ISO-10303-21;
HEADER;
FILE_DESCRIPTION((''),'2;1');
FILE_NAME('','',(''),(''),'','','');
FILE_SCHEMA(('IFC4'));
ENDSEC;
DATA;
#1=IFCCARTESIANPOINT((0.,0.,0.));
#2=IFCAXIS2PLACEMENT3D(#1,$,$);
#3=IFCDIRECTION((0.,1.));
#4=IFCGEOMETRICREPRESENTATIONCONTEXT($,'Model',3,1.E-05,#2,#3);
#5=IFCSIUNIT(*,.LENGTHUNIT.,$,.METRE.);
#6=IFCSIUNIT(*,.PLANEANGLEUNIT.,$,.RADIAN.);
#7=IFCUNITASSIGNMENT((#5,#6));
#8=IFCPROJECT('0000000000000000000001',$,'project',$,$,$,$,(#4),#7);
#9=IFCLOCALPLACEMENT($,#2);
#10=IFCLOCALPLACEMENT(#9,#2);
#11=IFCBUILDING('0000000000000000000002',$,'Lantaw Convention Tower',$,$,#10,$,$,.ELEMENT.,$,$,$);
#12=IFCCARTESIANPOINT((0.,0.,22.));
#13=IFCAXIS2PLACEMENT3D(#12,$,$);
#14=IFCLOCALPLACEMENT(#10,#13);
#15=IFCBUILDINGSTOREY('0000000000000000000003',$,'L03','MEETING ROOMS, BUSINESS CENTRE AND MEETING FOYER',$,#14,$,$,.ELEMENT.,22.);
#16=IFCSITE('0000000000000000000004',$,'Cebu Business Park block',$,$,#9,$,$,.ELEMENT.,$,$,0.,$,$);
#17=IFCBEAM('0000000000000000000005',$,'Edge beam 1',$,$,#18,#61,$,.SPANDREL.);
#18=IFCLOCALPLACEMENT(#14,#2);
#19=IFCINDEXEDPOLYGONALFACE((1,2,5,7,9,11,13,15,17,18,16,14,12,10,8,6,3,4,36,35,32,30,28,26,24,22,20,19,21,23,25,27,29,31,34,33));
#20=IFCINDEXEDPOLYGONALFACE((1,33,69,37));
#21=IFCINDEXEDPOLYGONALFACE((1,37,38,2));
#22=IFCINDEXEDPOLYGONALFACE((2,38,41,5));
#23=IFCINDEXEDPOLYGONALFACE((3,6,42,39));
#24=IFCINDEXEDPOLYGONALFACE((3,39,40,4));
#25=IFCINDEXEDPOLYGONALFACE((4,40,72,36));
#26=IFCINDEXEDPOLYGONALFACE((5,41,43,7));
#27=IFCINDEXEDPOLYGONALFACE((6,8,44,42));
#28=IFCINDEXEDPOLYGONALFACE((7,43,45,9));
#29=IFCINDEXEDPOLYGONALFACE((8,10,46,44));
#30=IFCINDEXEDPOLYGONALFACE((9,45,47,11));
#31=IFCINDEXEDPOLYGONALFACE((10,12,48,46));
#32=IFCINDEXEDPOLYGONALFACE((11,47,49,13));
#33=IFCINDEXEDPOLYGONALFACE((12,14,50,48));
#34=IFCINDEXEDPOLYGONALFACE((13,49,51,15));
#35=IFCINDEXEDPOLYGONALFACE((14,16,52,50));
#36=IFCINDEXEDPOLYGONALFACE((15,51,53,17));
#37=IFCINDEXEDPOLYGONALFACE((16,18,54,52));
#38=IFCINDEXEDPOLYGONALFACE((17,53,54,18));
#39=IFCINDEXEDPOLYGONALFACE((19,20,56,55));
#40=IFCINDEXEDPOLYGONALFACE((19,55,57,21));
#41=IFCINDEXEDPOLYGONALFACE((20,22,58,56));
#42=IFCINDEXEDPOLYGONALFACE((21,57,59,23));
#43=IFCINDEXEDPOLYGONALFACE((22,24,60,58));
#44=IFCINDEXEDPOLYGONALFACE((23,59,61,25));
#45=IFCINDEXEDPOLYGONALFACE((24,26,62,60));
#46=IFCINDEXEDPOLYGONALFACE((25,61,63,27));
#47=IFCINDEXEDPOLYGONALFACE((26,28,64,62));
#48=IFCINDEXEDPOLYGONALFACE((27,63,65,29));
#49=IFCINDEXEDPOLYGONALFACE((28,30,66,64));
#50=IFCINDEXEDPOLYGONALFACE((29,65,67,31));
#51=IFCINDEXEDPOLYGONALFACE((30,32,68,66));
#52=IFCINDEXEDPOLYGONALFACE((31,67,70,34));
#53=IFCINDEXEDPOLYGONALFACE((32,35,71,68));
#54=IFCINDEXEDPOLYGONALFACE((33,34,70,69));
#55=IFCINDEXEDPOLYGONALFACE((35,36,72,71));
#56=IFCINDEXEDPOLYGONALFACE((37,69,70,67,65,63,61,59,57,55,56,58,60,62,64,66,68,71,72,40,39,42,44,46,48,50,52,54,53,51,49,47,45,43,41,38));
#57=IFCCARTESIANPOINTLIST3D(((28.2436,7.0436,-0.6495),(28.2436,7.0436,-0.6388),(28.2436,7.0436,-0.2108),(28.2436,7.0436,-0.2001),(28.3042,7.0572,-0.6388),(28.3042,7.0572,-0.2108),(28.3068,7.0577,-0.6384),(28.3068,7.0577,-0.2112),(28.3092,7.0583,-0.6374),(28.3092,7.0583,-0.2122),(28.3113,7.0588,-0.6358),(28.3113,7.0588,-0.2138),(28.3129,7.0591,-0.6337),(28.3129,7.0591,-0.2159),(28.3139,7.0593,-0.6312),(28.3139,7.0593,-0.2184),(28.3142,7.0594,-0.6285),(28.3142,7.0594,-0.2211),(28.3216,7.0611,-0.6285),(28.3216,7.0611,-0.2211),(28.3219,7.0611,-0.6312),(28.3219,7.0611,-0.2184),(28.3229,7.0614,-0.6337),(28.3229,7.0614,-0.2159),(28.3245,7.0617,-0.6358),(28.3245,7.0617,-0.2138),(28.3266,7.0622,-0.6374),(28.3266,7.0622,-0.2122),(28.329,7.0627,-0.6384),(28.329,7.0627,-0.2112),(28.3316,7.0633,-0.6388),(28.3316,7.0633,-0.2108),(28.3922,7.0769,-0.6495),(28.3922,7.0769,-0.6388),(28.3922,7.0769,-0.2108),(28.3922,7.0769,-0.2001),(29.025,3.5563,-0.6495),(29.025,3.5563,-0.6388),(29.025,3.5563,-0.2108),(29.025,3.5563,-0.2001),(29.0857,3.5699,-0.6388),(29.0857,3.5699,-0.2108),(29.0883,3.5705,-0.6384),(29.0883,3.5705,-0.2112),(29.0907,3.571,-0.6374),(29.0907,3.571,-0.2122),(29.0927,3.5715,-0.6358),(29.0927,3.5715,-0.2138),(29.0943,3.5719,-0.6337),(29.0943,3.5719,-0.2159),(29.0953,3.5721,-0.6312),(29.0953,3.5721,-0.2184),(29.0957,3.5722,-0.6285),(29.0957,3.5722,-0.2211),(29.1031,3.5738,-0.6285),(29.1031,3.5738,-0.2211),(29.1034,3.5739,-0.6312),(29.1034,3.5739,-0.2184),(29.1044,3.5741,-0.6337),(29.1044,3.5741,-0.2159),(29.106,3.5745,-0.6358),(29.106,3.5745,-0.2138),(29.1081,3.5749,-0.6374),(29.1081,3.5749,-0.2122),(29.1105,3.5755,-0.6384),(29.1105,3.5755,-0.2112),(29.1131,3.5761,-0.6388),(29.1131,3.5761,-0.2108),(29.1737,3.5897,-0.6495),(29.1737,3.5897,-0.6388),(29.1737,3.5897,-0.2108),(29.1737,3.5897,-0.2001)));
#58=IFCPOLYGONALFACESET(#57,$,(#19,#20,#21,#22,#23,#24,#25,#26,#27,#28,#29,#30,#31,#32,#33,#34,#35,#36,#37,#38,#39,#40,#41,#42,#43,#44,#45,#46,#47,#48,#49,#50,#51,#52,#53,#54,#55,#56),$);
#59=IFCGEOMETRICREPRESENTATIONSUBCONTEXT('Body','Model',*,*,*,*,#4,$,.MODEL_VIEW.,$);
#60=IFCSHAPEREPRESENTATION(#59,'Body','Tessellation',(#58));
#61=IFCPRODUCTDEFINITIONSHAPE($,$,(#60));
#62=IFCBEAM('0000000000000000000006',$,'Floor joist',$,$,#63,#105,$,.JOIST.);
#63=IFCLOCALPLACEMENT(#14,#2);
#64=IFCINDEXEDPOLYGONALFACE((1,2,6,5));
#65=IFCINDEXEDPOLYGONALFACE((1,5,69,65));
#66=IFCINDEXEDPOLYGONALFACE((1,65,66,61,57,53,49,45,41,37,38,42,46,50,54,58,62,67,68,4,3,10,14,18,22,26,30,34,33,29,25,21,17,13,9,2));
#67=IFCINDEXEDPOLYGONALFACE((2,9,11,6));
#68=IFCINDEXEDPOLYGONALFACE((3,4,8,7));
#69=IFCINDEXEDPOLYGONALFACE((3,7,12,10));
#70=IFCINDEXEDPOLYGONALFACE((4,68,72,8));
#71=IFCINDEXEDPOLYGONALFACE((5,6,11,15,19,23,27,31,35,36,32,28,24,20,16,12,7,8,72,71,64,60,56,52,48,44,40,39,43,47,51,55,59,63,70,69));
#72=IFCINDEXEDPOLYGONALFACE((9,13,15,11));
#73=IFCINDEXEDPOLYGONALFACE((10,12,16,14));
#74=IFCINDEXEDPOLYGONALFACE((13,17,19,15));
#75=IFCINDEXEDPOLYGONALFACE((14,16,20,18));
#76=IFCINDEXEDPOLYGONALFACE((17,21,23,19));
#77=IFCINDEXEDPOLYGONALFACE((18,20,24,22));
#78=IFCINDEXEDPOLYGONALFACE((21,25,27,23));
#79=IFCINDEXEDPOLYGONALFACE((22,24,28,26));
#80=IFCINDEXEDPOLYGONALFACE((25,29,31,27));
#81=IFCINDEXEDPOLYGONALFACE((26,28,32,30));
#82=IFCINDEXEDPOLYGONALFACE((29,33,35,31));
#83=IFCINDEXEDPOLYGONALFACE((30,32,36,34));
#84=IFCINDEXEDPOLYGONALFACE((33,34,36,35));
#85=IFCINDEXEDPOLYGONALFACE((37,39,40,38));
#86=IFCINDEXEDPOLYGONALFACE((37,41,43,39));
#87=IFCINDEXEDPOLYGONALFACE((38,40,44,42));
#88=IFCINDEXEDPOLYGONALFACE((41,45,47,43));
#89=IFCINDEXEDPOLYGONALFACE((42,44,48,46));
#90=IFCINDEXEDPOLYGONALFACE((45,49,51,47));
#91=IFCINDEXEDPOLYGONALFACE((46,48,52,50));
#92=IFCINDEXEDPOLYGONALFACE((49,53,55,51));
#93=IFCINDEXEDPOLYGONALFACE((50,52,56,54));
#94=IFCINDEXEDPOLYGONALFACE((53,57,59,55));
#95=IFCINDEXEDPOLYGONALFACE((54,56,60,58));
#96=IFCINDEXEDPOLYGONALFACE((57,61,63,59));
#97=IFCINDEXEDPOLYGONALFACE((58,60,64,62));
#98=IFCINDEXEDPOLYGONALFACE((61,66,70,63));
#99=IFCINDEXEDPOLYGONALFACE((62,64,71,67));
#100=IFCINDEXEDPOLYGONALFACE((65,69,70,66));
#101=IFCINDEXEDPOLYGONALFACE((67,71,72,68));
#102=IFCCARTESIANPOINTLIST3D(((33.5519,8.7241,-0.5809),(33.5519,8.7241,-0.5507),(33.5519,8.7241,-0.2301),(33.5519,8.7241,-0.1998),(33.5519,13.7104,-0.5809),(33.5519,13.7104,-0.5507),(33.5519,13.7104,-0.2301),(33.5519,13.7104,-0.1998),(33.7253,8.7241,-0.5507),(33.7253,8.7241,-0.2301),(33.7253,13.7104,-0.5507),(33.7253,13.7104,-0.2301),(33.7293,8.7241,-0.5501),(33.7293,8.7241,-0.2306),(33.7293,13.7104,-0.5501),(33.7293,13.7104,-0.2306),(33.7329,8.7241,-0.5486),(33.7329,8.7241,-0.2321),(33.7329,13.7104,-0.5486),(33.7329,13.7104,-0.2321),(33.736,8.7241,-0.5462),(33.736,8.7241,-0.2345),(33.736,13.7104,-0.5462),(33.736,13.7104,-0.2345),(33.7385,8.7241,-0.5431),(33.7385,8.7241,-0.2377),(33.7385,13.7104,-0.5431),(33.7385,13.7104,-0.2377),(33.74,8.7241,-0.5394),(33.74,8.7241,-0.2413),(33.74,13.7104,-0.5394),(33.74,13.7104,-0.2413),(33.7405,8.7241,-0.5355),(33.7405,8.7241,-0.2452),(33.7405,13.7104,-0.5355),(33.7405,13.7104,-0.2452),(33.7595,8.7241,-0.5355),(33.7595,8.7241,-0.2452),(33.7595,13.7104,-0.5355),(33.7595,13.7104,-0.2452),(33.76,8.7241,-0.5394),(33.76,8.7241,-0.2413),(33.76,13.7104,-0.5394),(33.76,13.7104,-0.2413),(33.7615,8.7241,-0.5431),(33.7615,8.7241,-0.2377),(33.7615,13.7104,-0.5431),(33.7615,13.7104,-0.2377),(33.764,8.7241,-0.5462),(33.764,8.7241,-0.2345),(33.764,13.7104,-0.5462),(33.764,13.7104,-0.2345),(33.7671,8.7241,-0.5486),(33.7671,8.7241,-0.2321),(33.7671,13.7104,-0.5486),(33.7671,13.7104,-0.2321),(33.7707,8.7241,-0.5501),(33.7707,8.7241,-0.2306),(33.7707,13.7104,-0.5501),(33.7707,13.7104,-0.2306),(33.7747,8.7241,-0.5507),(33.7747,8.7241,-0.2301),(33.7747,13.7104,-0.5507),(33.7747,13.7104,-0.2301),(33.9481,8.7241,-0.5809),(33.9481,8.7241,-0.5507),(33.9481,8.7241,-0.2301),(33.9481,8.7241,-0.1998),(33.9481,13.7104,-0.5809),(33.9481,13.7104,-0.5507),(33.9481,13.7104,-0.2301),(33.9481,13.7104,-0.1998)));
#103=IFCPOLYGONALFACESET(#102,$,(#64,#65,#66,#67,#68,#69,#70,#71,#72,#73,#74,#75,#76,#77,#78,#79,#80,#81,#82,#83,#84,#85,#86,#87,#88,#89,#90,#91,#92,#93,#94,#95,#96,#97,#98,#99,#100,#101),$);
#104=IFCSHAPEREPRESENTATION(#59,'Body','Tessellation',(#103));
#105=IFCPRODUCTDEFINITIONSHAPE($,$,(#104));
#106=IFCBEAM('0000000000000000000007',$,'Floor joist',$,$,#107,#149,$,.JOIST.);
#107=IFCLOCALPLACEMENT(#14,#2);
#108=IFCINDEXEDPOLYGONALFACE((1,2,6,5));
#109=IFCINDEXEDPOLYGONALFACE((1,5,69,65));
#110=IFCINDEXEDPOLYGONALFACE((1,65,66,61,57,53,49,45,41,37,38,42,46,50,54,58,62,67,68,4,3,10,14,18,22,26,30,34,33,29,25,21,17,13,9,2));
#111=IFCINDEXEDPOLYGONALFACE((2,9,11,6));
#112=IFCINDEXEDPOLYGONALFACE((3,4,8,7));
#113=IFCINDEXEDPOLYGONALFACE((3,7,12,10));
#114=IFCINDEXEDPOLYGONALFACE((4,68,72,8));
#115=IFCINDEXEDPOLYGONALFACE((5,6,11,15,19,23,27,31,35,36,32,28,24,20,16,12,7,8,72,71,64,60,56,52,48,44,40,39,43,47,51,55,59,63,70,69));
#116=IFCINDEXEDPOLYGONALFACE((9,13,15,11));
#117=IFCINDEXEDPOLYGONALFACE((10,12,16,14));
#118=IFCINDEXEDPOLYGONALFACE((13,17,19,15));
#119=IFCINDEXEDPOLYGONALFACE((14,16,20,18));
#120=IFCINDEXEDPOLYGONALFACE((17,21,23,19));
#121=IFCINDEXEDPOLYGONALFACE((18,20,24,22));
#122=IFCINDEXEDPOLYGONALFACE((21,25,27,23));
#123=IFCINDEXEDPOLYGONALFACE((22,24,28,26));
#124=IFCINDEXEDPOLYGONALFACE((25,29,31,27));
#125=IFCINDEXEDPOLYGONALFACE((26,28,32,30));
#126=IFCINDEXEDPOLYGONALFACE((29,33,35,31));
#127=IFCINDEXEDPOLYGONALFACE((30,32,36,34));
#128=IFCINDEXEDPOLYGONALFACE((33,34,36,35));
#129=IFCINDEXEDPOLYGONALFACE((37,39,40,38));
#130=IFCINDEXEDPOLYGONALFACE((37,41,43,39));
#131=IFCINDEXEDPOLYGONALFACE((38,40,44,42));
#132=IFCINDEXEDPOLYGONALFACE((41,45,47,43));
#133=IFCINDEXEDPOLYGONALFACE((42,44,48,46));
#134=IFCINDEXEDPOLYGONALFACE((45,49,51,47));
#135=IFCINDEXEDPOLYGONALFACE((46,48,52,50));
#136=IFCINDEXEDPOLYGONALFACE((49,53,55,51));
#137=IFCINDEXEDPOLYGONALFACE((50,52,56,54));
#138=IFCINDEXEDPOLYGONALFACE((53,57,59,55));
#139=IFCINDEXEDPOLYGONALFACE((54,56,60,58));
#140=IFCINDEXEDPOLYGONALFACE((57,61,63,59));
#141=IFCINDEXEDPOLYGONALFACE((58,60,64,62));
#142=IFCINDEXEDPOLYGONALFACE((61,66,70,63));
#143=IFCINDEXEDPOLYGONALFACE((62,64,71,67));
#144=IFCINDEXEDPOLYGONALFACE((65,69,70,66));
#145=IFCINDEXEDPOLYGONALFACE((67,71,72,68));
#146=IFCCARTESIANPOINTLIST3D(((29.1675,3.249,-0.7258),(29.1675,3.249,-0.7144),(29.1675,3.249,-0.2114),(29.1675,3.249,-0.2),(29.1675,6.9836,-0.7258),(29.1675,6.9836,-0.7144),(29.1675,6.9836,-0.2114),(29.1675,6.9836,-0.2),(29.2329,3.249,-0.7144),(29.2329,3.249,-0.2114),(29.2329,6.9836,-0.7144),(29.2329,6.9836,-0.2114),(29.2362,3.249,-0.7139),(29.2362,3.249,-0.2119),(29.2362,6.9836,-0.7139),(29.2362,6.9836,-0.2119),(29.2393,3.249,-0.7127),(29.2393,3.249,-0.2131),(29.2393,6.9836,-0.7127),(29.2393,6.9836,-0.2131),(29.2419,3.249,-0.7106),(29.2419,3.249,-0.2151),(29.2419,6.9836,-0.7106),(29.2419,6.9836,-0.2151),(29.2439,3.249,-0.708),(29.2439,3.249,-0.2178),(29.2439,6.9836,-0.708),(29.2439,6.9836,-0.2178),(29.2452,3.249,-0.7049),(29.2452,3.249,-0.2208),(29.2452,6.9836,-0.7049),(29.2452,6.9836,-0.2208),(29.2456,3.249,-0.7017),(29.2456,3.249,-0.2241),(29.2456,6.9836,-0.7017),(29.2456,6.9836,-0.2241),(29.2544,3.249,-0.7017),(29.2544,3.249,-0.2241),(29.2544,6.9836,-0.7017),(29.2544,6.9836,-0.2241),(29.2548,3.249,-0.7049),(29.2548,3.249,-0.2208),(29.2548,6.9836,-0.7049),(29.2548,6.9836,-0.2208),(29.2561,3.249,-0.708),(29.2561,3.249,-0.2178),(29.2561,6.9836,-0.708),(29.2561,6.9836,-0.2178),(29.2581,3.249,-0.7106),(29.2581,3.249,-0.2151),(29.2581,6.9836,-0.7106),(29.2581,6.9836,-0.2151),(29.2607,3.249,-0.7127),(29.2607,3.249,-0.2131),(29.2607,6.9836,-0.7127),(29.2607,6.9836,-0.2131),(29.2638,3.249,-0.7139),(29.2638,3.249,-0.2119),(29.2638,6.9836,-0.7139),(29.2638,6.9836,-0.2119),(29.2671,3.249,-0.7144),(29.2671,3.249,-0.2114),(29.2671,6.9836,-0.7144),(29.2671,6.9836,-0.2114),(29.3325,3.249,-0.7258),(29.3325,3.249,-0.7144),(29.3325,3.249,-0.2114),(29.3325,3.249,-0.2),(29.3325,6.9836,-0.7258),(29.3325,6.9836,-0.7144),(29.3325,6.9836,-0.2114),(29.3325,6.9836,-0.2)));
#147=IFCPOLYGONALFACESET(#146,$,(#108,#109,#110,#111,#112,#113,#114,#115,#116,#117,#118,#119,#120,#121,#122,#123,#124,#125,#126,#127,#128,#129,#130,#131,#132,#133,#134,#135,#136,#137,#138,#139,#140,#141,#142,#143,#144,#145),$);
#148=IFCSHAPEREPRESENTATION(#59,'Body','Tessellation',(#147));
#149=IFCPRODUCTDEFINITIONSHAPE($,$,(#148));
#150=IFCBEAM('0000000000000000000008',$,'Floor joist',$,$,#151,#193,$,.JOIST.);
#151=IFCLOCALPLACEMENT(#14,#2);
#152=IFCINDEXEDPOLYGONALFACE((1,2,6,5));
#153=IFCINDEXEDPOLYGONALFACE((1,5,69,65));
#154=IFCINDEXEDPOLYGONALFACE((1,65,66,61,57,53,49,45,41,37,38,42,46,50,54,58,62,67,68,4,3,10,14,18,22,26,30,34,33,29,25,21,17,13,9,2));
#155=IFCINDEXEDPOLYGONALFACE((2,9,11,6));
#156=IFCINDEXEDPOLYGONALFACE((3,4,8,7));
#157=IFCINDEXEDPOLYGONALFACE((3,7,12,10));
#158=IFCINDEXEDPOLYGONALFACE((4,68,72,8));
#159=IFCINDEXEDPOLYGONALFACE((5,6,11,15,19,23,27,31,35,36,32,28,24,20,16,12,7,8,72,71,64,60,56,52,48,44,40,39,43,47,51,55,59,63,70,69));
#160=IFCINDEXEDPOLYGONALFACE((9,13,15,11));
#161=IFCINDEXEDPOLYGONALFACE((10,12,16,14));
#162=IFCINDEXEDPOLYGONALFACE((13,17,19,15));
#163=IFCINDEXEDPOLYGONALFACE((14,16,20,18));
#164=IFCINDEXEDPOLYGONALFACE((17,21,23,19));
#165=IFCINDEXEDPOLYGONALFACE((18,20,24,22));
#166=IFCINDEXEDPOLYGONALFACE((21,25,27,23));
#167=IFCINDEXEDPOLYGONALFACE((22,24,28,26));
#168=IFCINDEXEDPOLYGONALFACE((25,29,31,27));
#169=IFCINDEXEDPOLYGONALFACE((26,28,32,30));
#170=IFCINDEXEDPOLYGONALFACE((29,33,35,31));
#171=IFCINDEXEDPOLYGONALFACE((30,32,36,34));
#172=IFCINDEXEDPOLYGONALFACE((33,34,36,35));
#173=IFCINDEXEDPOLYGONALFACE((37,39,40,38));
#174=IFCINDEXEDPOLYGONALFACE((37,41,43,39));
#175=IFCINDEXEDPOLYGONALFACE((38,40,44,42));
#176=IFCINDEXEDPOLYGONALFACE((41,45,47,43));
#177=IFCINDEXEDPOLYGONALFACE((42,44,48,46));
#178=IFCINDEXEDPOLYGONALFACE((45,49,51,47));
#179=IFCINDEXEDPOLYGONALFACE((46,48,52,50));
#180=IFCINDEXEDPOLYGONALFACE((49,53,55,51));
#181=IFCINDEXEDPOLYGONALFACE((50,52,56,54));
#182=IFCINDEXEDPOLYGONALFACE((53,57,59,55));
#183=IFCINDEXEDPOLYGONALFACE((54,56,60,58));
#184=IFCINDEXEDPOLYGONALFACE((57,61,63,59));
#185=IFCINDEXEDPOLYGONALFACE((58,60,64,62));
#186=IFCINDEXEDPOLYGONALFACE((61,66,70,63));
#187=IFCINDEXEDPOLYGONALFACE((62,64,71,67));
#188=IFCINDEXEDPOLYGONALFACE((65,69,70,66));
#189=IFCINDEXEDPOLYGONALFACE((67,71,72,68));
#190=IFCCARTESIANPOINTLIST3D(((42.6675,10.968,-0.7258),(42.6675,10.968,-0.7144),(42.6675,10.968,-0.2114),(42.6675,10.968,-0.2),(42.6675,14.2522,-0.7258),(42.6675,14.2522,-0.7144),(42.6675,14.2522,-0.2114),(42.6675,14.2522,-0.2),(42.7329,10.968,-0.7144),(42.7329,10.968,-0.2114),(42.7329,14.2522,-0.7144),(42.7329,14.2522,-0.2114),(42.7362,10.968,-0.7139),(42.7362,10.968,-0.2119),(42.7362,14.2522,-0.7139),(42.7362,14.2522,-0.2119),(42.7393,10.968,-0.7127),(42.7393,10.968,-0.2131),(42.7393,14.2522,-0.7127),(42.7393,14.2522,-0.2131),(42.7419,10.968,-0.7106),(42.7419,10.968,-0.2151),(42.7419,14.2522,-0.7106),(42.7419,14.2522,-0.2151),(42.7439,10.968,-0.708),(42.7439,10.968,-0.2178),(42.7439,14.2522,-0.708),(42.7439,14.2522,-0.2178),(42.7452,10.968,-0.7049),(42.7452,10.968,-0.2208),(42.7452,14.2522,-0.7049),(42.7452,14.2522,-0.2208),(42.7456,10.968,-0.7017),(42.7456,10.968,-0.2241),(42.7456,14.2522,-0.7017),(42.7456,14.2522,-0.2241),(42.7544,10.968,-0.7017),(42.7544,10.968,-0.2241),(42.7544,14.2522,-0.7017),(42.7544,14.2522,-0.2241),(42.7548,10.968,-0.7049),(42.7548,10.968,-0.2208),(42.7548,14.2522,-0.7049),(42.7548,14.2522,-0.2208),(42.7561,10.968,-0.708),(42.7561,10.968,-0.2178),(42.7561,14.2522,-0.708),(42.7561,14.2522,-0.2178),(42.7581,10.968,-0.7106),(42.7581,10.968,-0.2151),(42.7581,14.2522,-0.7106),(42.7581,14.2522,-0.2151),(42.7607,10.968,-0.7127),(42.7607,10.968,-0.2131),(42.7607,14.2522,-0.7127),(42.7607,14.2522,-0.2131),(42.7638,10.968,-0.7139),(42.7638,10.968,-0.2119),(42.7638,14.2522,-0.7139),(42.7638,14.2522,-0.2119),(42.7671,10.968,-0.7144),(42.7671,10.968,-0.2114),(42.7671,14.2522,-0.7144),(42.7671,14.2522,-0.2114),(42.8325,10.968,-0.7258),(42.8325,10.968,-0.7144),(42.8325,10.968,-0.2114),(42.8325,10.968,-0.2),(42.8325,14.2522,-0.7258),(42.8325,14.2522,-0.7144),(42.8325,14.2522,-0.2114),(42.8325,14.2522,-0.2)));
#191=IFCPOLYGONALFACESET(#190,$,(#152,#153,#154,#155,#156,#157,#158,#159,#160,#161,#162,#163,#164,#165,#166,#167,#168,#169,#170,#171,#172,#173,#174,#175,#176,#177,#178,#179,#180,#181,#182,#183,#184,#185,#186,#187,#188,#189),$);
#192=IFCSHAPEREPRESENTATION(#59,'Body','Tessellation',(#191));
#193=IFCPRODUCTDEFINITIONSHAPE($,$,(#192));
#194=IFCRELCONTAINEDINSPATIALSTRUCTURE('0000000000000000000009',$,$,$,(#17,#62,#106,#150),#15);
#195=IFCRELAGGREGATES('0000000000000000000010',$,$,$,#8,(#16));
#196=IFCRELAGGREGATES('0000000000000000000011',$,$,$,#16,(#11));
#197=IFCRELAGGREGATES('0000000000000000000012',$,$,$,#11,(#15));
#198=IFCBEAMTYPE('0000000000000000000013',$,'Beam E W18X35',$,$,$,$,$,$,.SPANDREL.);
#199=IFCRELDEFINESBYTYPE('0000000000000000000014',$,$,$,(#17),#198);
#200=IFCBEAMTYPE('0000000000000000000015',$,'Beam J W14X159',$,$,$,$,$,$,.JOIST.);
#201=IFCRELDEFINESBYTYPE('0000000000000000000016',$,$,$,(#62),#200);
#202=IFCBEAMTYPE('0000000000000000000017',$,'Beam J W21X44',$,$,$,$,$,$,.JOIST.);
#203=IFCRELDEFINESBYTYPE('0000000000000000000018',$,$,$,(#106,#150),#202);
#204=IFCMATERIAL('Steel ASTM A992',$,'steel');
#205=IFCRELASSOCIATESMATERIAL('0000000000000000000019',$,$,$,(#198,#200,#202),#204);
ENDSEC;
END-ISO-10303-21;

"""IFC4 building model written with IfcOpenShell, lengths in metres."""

from ifc_helpers import new_model, si_unit, direction, frame, origin, origin_2d, place, context, subcontext, project, spatial, i_section, extrude, material, material_profile, profile_set, type_object, element, save


model = new_model("IFC4")

# Units and contexts
model_context = context("Model", 3, precision=1e-05, world=origin(), true_north=direction((0.0, 1.0)))
body_context = subcontext(model_context, "Body", "Model", "MODEL_VIEW")
ifc_project = project(units=[si_unit("LENGTHUNIT", "METRE"), si_unit("PLANEANGLEUNIT", "RADIAN")], contexts=[model_context])

# Site, building, storey
site_placement = place(None, origin())
site = spatial("IfcSite", under=ifc_project, at=site_placement, Name="Cebu Business Park block", CompositionType="ELEMENT", RefElevation=0.0)
building_placement = place(site_placement, origin())
building = spatial("IfcBuilding", under=site, at=building_placement, Name="Lantaw Convention Tower", CompositionType="ELEMENT")
storey_placement = place(building_placement, frame((0.0, 0.0, 22.0)))
storey = spatial("IfcBuildingStorey", under=building, at=storey_placement, Name="L03", Description="MEETING ROOMS, BUSINESS CENTRE AND MEETING FOYER", CompositionType="ELEMENT", Elevation=22.0)

# Beams
ifc_material_1 = material(Name="Steel ASTM A992", Category="steel")
ifc_material_profile_1 = material_profile(ifc_material_1, i_section(OverallWidth=0.1523, OverallDepth=0.4495, WebThickness=0.0076, FlangeThickness=0.0107, FilletRadius=0.0103, at=origin_2d()), Name="W18X35")
ifc_profile_set_1 = profile_set([ifc_material_profile_1], Name="Steel ASTM A992")
beam_type_1 = type_object("IfcBeamType", Name="Beam E W18X35", PredefinedType="SPANDREL", material=ifc_profile_set_1)
beam_1_placement = place(storey_placement, frame((29.0994, 3.573, -0.4248), z_axis=(-0.218673, 0.975798, 0.0), x_axis=(-0.975798, -0.218673, 0.0)))
element("IfcBeam", 1, at=beam_1_placement, inside=storey, type_object=beam_type_1, Name="Edge beam 1", PredefinedType="SPANDREL", context=body_context, shape_type="SweptSolid", body=[
    extrude(i_section(OverallWidth=0.1523, OverallDepth=0.4495, WebThickness=0.0076, FlangeThickness=0.0107, FilletRadius=0.0103, at=origin_2d()), origin(), (0.0, 0.0, 1.0), 3.5737),
])
ifc_material_profile_2 = material_profile(ifc_material_1, i_section(OverallWidth=0.3962, OverallDepth=0.3811, WebThickness=0.019, FlangeThickness=0.0303, FilletRadius=0.0151, at=origin_2d()), Name="W14X159")
ifc_profile_set_2 = profile_set([ifc_material_profile_2], Name="Steel ASTM A992")
beam_type_2 = type_object("IfcBeamType", Name="Beam J W14X159", PredefinedType="JOIST", material=ifc_profile_set_2)
beam_2_placement = place(storey_placement, frame((33.75, 8.7241, -0.3904), z_axis=(0.0, 1.0, 0.0), x_axis=(-1.0, 0.0, 0.0)))
element("IfcBeam", 2, at=beam_2_placement, inside=storey, type_object=beam_type_2, Name="Floor joist", PredefinedType="JOIST", context=body_context, shape_type="SweptSolid", body=[
    extrude(i_section(OverallWidth=0.3962, OverallDepth=0.3811, WebThickness=0.019, FlangeThickness=0.0303, FilletRadius=0.0151, at=origin_2d()), origin(), (0.0, 0.0, 1.0), 4.9863),
])
ifc_material_profile_3 = material_profile(ifc_material_1, i_section(OverallWidth=0.165, OverallDepth=0.5259, WebThickness=0.0088, FlangeThickness=0.0115, FilletRadius=0.0127, at=origin_2d()), Name="W21X44")
ifc_profile_set_3 = profile_set([ifc_material_profile_3], Name="Steel ASTM A992")
beam_type_3 = type_object("IfcBeamType", Name="Beam J W21X44", PredefinedType="JOIST", material=ifc_profile_set_3)
beam_3_placement = place(storey_placement, frame((29.25, 3.249, -0.4629), z_axis=(0.0, 1.0, 0.0), x_axis=(-1.0, 0.0, 0.0)))
element("IfcBeam", 3, at=beam_3_placement, inside=storey, type_object=beam_type_3, Name="Floor joist", PredefinedType="JOIST", context=body_context, shape_type="SweptSolid", body=[
    extrude(i_section(OverallWidth=0.165, OverallDepth=0.5259, WebThickness=0.0088, FlangeThickness=0.0115, FilletRadius=0.0127, at=origin_2d()), origin(), (0.0, 0.0, 1.0), 3.7346),
])
beam_4_placement = place(storey_placement, frame((42.75, 10.968, -0.4629), z_axis=(0.0, 1.0, 0.0), x_axis=(-1.0, 0.0, 0.0)))
element("IfcBeam", 4, at=beam_4_placement, inside=storey, type_object=beam_type_3, Name="Floor joist", PredefinedType="JOIST", context=body_context, shape_type="SweptSolid", body=[
    extrude(i_section(OverallWidth=0.165, OverallDepth=0.5259, WebThickness=0.0088, FlangeThickness=0.0115, FilletRadius=0.0127, at=origin_2d()), origin(), (0.0, 0.0, 1.0), 3.2842),
])

save(model, "model.ifc")
